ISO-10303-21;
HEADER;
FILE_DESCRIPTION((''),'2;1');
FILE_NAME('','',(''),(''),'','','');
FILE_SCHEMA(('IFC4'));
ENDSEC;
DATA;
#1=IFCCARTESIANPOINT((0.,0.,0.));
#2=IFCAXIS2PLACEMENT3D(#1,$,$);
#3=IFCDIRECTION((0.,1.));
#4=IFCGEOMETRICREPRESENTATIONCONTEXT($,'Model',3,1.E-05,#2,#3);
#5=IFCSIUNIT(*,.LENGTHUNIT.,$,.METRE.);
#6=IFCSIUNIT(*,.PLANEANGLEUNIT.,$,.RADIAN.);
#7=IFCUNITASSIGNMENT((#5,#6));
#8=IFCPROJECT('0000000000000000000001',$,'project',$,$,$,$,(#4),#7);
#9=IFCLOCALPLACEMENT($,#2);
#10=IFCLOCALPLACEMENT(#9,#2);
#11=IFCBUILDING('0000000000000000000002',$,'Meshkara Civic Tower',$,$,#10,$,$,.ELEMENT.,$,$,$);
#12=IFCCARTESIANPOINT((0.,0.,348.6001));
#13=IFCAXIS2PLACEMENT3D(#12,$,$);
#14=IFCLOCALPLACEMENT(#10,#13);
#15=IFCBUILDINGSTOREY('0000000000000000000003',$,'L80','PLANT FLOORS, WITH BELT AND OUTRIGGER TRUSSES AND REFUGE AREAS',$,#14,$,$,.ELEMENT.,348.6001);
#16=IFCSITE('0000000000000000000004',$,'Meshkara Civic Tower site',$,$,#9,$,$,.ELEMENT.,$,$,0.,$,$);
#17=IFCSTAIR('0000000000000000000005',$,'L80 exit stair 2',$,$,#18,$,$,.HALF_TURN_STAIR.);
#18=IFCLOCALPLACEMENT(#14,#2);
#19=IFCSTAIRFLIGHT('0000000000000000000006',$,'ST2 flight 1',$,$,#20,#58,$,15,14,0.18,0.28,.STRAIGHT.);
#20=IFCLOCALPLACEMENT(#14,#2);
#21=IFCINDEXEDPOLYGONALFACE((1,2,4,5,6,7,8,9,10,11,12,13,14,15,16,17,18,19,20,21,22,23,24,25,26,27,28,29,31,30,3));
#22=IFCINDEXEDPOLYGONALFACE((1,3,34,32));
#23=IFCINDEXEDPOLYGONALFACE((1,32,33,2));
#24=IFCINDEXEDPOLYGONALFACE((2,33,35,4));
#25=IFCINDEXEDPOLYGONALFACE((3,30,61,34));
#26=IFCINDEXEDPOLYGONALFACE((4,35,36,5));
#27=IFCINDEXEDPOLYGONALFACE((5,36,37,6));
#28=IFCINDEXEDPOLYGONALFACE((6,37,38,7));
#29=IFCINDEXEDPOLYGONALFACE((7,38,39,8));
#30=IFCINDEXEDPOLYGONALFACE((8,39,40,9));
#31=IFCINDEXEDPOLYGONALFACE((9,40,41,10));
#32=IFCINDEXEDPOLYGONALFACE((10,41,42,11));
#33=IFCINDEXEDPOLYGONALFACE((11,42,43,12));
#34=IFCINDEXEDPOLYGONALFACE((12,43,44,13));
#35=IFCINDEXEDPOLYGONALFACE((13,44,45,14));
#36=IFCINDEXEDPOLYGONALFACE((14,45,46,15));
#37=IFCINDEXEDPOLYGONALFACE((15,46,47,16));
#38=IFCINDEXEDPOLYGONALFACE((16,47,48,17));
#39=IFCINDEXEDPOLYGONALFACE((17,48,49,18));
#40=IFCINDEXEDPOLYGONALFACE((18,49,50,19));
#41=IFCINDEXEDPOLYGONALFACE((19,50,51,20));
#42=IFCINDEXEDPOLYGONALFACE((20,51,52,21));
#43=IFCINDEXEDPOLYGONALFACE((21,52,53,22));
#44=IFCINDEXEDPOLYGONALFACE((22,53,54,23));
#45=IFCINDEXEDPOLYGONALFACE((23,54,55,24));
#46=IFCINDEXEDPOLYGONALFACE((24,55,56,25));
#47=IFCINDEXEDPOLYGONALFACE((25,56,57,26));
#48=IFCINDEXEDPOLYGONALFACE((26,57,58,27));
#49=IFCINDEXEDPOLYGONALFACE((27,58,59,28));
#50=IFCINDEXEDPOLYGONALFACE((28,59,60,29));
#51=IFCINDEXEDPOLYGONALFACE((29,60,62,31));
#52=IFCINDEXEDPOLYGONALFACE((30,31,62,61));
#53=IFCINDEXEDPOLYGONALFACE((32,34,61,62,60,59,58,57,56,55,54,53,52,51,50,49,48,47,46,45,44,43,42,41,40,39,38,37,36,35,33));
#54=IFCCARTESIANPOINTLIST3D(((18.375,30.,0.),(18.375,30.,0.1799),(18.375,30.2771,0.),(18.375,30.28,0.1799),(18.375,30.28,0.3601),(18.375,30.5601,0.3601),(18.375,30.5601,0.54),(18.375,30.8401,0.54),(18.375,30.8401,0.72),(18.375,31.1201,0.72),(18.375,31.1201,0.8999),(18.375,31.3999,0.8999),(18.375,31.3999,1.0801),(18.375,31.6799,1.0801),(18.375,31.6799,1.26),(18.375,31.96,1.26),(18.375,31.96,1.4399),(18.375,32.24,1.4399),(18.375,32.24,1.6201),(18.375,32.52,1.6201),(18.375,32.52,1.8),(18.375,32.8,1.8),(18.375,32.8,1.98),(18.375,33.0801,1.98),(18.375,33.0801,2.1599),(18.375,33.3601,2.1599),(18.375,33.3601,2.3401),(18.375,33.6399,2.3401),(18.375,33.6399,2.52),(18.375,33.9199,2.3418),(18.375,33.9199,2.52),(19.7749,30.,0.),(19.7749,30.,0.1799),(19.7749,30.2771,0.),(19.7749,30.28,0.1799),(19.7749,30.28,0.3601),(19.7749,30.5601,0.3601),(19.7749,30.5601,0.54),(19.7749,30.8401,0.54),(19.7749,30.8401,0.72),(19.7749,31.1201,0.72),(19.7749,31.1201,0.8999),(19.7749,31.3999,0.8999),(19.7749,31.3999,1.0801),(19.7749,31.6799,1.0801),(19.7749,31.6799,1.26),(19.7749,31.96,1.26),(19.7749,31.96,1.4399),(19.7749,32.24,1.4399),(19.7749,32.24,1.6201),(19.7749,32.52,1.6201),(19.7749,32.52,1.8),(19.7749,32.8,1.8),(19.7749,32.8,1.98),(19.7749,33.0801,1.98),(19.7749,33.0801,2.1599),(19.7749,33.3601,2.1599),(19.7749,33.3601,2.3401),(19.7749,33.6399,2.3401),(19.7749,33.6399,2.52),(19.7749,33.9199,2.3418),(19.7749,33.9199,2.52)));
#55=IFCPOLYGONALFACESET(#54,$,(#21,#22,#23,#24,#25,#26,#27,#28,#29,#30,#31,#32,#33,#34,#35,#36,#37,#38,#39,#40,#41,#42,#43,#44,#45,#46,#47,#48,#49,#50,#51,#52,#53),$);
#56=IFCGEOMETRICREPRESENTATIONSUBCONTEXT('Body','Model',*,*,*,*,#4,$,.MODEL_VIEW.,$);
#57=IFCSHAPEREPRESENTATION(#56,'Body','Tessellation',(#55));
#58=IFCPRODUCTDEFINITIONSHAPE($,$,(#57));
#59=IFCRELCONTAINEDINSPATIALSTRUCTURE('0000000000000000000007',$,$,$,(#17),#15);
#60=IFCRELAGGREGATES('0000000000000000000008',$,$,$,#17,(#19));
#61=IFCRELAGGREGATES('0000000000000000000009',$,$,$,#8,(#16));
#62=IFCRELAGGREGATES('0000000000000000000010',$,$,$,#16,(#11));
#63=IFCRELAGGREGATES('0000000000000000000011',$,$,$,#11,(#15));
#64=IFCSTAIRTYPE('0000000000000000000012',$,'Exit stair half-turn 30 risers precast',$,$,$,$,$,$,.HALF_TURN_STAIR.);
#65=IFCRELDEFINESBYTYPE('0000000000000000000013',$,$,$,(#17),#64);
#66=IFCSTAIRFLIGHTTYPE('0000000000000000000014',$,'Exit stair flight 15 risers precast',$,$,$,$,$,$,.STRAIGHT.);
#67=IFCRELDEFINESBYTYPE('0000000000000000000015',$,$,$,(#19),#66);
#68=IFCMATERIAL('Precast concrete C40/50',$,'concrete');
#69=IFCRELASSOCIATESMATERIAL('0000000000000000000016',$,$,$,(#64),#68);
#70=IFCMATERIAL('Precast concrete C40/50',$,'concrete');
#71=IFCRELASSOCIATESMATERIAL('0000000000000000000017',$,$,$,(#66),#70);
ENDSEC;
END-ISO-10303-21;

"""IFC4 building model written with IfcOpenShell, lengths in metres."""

from ifc_helpers import new_model, si_unit, direction, frame, origin, place, context, subcontext, project, spatial, polyline, outline, extrude, material, type_object, element, aggregate, save


model = new_model("IFC4")

# Units and contexts
model_context = context("Model", 3, precision=1e-05, world=origin(), true_north=direction((0.0, 1.0)))
body_context = subcontext(model_context, "Body", "Model", "MODEL_VIEW")
ifc_project = project(units=[si_unit("LENGTHUNIT", "METRE"), si_unit("PLANEANGLEUNIT", "RADIAN")], contexts=[model_context])

# Site, building, storey
site_placement = place(None, origin())
site = spatial("IfcSite", under=ifc_project, at=site_placement, Name="Meshkara Civic Tower site", CompositionType="ELEMENT", RefElevation=0.0)
building_placement = place(site_placement, origin())
building = spatial("IfcBuilding", under=site, at=building_placement, Name="Meshkara Civic Tower", CompositionType="ELEMENT")
storey_placement = place(building_placement, frame((0.0, 0.0, 348.6001)))
storey = spatial("IfcBuildingStorey", under=building, at=storey_placement, Name="L80", Description="PLANT FLOORS, WITH BELT AND OUTRIGGER TRUSSES AND REFUGE AREAS", CompositionType="ELEMENT", Elevation=348.6001)

# Stair, stair flight
ifc_material_1 = material(Name="Precast concrete C40/50", Category="concrete")
stair_type = type_object("IfcStairType", Name="Exit stair half-turn 30 risers precast", PredefinedType="HALF_TURN_STAIR", material=ifc_material_1)
stair_placement = place(storey_placement, origin())
stair = element("IfcStair", 1, at=stair_placement, inside=storey, type_object=stair_type, Name="L80 exit stair 2", PredefinedType="HALF_TURN_STAIR")
ifc_material_2 = material(Name="Precast concrete C40/50", Category="concrete")
stair_flight_type = type_object("IfcStairFlightType", Name="Exit stair flight 15 risers precast", PredefinedType="STRAIGHT", material=ifc_material_2)
stair_flight_placement = place(storey_placement, frame((19.075, 30.0, 0.0), z_axis=(0.0, 0.0, 1.0), x_axis=(0.0, 1.0, 0.0)))
stair_flight = element("IfcStairFlight", 2, at=stair_flight_placement, type_object=stair_flight_type, Name="ST2 flight 1", NumberOfRisers=15, NumberOfTreads=14, PredefinedType="STRAIGHT", RiserHeight=0.18, TreadLength=0.28, context=body_context, shape_type="SweptSolid", body=[
    extrude(outline(polyline([(0.0, 0.0), (0.0, 0.1799), (0.28, 0.1799), (0.28, 0.3601), (0.5601, 0.3601), (0.5601, 0.54), (0.8401, 0.54), (0.8401, 0.72), (1.1201, 0.72), (1.1201, 0.8999), (1.3999, 0.8999), (1.3999, 1.0801), (1.6799, 1.0801), (1.6799, 1.26), (1.96, 1.26), (1.96, 1.4399), (2.24, 1.4399), (2.24, 1.6201), (2.52, 1.6201), (2.52, 1.8), (2.8, 1.8), (2.8, 1.98), (3.0801, 1.98), (3.0801, 2.1599), (3.3601, 2.1599), (3.3601, 2.3401), (3.6399, 2.3401), (3.6399, 2.52), (3.9199, 2.52), (3.9199, 2.7), (3.9199, 2.3418), (0.2771, 0.0), (0.0, 0.0)])), frame((0.0, 0.7, 0.0), z_axis=(0.0, -1.0, 0.0), x_axis=(1.0, 0.0, 0.0)), (0.0, 0.0, 1.0), 1.3999),
])
aggregate(stair, [stair_flight])

save(model, "model.ifc")
